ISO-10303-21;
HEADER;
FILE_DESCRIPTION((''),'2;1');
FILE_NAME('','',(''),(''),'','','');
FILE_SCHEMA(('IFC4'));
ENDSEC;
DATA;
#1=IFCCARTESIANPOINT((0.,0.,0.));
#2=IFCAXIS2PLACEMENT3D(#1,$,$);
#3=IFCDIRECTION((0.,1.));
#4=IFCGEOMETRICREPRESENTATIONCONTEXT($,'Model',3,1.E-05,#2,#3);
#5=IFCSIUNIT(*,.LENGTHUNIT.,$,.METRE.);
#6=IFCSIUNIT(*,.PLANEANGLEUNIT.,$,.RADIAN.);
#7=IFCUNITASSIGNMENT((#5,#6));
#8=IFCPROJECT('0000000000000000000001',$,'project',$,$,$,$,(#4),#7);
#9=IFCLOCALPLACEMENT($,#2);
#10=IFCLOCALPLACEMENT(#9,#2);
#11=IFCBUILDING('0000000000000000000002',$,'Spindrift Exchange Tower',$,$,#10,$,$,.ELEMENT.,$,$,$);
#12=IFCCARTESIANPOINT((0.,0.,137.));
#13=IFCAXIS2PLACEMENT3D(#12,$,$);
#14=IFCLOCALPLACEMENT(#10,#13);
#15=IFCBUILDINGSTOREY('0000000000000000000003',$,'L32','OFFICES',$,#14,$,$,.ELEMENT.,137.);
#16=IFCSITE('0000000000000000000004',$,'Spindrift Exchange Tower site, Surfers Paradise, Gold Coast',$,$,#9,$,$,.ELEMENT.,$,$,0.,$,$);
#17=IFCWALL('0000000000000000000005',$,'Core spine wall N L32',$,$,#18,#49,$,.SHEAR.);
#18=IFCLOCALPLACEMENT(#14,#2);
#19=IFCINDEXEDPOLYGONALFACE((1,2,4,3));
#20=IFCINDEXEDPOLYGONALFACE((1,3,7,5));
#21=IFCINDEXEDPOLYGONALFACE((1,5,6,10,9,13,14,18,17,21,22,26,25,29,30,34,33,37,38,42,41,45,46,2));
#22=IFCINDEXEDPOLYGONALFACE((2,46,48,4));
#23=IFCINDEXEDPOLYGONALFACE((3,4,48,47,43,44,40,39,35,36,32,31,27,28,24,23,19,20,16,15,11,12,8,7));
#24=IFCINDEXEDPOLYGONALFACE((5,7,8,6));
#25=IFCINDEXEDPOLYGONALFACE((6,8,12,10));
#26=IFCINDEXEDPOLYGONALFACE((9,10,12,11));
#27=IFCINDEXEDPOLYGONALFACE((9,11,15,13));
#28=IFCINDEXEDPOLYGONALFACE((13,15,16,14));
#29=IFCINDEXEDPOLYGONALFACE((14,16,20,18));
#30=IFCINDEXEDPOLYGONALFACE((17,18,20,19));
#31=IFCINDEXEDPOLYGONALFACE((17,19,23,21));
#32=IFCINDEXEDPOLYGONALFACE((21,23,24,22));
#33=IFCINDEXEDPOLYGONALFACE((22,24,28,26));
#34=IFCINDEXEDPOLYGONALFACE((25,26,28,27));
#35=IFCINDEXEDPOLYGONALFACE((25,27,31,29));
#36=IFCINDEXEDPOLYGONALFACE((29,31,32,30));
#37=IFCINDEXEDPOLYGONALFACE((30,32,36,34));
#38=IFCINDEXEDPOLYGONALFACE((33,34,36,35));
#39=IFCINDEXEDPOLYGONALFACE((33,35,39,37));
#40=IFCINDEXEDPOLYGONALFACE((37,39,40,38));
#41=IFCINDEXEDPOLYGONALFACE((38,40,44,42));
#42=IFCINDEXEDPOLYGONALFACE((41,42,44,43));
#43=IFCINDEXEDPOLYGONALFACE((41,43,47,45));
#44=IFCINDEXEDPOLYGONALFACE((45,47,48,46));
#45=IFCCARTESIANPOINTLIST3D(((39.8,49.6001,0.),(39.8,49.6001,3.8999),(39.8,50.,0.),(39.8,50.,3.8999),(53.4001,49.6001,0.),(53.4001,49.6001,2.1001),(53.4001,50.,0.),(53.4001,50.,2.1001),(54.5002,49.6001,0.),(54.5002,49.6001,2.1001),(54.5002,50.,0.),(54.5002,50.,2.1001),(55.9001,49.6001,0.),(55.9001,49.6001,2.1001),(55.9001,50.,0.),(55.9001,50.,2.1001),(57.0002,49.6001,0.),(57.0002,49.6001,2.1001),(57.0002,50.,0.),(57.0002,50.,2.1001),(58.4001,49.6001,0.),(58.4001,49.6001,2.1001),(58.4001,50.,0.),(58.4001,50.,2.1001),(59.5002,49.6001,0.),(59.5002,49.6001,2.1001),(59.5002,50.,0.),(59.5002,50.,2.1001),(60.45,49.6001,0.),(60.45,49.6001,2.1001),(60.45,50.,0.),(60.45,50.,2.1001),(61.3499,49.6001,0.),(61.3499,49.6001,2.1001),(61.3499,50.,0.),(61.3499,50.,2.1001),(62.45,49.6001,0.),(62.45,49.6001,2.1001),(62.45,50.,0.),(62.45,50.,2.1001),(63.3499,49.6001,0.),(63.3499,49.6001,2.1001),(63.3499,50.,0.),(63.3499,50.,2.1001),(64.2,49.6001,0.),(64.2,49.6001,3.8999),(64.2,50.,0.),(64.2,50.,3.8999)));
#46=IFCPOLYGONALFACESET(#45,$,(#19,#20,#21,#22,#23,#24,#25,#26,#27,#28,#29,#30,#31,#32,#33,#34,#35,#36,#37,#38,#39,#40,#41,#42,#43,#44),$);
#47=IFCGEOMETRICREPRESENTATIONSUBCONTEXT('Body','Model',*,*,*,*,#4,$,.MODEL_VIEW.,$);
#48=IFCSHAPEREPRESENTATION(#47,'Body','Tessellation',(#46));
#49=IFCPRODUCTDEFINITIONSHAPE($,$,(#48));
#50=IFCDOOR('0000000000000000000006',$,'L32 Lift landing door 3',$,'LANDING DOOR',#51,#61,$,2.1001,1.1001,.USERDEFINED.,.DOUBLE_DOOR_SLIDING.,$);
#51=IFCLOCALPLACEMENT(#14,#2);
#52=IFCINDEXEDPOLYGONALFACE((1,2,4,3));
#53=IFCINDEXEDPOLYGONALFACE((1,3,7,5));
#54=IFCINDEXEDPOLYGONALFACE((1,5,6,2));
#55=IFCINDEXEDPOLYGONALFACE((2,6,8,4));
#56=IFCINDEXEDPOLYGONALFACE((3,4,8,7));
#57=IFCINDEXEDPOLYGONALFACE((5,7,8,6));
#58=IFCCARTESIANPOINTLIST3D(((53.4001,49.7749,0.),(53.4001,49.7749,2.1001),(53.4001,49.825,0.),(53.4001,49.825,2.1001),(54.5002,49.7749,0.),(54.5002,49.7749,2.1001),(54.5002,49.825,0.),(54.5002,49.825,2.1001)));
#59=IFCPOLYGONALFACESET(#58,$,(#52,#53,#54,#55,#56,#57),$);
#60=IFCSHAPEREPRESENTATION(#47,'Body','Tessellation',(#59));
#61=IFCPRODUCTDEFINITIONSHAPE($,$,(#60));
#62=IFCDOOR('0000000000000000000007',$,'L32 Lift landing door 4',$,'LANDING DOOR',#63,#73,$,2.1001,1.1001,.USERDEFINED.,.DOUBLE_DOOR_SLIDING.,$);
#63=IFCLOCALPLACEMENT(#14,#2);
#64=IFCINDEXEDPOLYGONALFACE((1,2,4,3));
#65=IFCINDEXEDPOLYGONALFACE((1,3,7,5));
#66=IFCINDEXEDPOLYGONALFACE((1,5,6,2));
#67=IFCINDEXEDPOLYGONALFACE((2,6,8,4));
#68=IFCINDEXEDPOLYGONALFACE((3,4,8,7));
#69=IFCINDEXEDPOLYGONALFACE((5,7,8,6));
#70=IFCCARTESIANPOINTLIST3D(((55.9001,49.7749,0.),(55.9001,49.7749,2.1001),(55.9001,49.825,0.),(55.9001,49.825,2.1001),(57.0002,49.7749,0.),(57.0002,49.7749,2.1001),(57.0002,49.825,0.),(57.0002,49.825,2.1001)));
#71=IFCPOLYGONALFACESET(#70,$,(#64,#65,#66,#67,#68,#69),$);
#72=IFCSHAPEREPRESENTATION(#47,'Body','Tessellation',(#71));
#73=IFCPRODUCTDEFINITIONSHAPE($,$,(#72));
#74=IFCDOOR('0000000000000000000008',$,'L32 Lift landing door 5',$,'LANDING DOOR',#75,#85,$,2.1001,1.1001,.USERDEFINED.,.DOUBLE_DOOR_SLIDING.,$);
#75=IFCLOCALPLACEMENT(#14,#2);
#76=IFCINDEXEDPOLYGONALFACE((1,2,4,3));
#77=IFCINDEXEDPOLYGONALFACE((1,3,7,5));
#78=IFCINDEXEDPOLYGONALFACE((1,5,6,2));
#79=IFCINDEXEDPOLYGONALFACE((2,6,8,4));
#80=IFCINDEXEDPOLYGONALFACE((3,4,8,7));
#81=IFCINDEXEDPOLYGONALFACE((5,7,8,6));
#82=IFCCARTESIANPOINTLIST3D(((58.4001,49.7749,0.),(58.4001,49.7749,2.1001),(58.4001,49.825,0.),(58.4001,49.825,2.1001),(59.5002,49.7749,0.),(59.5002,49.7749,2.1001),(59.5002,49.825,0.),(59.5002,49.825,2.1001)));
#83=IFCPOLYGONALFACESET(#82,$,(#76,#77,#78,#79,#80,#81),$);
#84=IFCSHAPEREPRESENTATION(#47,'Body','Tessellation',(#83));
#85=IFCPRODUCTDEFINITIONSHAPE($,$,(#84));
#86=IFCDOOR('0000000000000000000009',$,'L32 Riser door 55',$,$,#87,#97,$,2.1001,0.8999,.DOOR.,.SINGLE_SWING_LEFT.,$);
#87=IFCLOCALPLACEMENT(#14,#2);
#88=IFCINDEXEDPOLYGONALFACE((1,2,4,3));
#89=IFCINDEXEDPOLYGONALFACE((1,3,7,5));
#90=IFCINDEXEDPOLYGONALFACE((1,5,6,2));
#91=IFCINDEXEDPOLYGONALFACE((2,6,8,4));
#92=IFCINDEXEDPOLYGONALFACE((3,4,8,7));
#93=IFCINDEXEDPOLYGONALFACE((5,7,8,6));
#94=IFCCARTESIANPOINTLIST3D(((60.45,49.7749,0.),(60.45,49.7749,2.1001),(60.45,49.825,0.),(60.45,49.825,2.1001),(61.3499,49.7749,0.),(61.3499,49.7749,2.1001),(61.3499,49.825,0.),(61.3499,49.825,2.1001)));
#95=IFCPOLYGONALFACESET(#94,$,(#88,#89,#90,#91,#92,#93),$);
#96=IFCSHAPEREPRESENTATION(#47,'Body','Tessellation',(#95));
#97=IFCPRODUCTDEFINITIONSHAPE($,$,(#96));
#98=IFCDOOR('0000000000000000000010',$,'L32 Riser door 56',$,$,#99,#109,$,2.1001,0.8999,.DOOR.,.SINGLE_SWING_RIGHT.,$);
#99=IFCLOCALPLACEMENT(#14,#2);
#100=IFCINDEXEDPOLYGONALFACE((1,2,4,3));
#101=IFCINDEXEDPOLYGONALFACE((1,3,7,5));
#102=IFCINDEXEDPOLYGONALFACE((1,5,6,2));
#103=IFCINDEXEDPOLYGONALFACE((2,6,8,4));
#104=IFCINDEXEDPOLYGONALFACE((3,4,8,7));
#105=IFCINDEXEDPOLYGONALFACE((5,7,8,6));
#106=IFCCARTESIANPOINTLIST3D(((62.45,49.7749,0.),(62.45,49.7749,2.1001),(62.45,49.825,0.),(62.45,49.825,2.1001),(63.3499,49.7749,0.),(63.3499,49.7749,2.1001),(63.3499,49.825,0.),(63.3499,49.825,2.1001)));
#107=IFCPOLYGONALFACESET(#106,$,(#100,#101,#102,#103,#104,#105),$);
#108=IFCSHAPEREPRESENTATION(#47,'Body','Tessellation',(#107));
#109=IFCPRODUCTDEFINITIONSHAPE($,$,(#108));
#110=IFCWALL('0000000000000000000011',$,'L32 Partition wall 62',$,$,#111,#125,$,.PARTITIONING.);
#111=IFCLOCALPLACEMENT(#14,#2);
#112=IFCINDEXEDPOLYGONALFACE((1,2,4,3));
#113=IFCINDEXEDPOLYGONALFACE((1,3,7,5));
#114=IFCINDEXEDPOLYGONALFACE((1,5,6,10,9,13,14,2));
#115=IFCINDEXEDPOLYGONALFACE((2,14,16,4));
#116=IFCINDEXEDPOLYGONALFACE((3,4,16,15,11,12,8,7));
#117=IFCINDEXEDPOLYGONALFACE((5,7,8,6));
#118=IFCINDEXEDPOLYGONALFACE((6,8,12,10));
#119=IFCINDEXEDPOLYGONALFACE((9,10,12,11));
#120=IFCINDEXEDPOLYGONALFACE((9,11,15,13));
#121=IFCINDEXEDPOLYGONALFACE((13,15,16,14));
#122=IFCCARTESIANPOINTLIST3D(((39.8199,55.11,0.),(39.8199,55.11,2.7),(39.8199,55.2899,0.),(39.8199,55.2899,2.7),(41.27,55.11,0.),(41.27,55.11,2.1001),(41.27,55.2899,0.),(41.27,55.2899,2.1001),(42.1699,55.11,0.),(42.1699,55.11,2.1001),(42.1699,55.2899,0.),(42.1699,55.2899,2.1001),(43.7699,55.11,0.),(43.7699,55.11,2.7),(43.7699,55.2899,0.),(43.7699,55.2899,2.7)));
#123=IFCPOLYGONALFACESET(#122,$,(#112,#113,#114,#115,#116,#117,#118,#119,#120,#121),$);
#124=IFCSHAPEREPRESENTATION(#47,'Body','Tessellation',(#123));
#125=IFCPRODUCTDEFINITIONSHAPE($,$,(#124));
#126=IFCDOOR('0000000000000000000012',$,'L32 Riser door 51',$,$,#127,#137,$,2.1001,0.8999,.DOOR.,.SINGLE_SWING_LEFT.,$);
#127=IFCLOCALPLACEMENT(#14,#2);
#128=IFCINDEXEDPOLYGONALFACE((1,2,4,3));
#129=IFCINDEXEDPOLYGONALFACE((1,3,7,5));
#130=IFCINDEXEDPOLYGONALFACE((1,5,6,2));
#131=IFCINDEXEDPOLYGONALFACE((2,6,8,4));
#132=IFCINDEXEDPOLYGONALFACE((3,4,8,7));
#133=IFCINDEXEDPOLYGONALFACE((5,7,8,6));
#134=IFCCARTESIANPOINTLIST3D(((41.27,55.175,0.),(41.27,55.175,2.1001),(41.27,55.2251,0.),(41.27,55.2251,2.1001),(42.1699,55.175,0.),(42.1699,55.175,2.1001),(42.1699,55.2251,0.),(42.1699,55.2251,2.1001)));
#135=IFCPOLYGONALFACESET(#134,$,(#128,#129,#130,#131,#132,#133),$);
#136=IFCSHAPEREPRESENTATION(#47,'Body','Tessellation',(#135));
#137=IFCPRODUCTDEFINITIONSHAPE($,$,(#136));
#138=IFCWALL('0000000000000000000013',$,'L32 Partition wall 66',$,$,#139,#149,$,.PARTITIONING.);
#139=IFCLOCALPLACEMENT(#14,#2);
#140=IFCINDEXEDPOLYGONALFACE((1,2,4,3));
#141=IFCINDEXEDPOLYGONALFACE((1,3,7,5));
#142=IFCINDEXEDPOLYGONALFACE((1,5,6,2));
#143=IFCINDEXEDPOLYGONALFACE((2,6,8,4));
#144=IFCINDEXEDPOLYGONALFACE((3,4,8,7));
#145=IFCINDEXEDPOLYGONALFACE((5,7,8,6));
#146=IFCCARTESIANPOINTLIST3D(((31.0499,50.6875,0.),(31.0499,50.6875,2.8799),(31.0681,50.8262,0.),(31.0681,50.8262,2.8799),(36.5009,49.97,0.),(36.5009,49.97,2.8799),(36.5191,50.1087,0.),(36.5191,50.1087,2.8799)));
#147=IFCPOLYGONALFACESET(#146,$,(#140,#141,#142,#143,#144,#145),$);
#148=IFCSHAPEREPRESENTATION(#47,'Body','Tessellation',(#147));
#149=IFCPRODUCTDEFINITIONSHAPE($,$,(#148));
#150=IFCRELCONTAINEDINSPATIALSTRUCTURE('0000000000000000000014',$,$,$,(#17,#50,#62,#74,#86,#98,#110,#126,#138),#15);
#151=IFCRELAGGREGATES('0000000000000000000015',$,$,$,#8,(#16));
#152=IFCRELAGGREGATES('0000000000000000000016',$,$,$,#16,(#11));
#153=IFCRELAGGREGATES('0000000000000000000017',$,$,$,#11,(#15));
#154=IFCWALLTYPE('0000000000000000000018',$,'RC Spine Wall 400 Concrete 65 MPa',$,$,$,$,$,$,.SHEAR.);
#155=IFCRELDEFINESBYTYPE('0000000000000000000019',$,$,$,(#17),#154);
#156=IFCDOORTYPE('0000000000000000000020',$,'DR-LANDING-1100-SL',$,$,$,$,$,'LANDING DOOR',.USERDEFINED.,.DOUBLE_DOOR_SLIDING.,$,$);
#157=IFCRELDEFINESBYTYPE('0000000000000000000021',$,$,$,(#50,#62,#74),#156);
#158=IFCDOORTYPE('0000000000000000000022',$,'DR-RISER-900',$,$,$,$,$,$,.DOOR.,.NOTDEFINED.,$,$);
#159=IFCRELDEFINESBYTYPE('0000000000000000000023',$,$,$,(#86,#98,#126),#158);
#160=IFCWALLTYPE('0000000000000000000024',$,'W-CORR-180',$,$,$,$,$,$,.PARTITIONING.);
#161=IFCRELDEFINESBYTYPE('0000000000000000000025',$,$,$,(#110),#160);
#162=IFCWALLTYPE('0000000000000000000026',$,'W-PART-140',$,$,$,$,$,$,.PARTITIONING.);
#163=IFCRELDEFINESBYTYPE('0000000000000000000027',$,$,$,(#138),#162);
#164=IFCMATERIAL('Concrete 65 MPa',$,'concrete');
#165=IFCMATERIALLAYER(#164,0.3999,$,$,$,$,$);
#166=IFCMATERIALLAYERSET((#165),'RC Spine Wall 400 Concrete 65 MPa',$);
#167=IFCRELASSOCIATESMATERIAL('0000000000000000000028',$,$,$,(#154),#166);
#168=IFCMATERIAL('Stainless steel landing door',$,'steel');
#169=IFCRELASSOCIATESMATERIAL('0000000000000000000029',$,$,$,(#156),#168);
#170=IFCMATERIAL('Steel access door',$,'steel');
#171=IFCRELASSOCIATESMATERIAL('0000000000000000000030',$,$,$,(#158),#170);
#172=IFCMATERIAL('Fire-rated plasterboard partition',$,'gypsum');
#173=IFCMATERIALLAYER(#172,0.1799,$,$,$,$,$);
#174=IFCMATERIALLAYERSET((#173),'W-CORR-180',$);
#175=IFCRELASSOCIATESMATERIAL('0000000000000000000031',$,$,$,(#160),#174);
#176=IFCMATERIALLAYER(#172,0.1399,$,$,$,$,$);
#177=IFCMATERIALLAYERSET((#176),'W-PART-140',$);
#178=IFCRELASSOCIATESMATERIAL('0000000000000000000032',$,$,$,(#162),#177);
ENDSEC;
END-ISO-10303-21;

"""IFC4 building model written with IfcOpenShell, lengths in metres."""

from ifc_helpers import new_model, si_unit, direction, frame, frame_2d, origin, place, context, subcontext, project, spatial, rectangle, extrude, source, transform, mapped, material, layer, layer_set, type_object, element, fill, save


model = new_model("IFC4")

# Units and contexts
model_context = context("Model", 3, precision=1e-05, world=origin(), true_north=direction((0.0, 1.0)))
body_context = subcontext(model_context, "Body", "Model", "MODEL_VIEW")
ifc_project = project(units=[si_unit("LENGTHUNIT", "METRE"), si_unit("PLANEANGLEUNIT", "RADIAN")], contexts=[model_context])

# Site, building, storey
site_placement = place(None, origin())
site = spatial("IfcSite", under=ifc_project, at=site_placement, Name="Spindrift Exchange Tower site, Surfers Paradise, Gold Coast", CompositionType="ELEMENT", RefElevation=0.0)
building_placement = place(site_placement, origin())
building = spatial("IfcBuilding", under=site, at=building_placement, Name="Spindrift Exchange Tower", CompositionType="ELEMENT")
storey_placement = place(building_placement, frame((0.0, 0.0, 137.0)))
storey = spatial("IfcBuildingStorey", under=building, at=storey_placement, Name="L32", Description="OFFICES", CompositionType="ELEMENT", Elevation=137.0)

# Wall, openings, doors
ifc_material_1 = material(Name="Concrete 65 MPa", Category="concrete")
ifc_layer_1 = layer(ifc_material_1, 0.3999)
ifc_layer_set_1 = layer_set([ifc_layer_1], Name="RC Spine Wall 400 Concrete 65 MPa")
wall_type_1 = type_object("IfcWallType", Name="RC Spine Wall 400 Concrete 65 MPa", PredefinedType="SHEAR", material=ifc_layer_set_1)
wall_1_placement = place(storey_placement, frame((39.8, 49.8, 0.0), z_axis=(0.0, 0.0, 1.0), x_axis=(1.0, 0.0, 0.0)))
wall_1 = element("IfcWall", 1, at=wall_1_placement, inside=storey, type_object=wall_type_1, Name="Core spine wall N L32", PredefinedType="SHEAR", context=body_context, shape_type="SweptSolid", body=[
    extrude(rectangle(XDim=24.3999, YDim=0.3999, at=frame_2d((12.2, 0.0))), origin(), (0.0, 0.0, 1.0), 3.8999),
])
opening_1_placement = place(wall_1_placement, frame((13.6001, 0.0, 0.0)))
opening_1 = element("IfcOpeningElement", 2, at=opening_1_placement, cuts=wall_1, PredefinedType="OPENING", context=body_context, shape_type="SweptSolid", body=[
    extrude(rectangle(XDim=1.1001, YDim=2.1001, at=frame_2d((0.55, 1.05))), frame((0.0, 0.21, 0.0), z_axis=(0.0, -1.0, 0.0), x_axis=(1.0, 0.0, 0.0)), (0.0, 0.0, 1.0), 0.4199),
])
opening_2_placement = place(wall_1_placement, frame((16.1001, 0.0, 0.0)))
opening_2 = element("IfcOpeningElement", 3, at=opening_2_placement, cuts=wall_1, PredefinedType="OPENING", context=body_context, shape_type="SweptSolid", body=[
    extrude(rectangle(XDim=1.1001, YDim=2.1001, at=frame_2d((0.55, 1.05))), frame((0.0, 0.21, 0.0), z_axis=(0.0, -1.0, 0.0), x_axis=(1.0, 0.0, 0.0)), (0.0, 0.0, 1.0), 0.4199),
])
opening_3_placement = place(wall_1_placement, frame((18.6001, 0.0, 0.0)))
opening_3 = element("IfcOpeningElement", 4, at=opening_3_placement, cuts=wall_1, PredefinedType="OPENING", context=body_context, shape_type="SweptSolid", body=[
    extrude(rectangle(XDim=1.1001, YDim=2.1001, at=frame_2d((0.55, 1.05))), frame((0.0, 0.21, 0.0), z_axis=(0.0, -1.0, 0.0), x_axis=(1.0, 0.0, 0.0)), (0.0, 0.0, 1.0), 0.4199),
])
opening_4_placement = place(wall_1_placement, frame((20.6499, 0.0, 0.0)))
opening_4 = element("IfcOpeningElement", 5, at=opening_4_placement, cuts=wall_1, PredefinedType="OPENING", context=body_context, shape_type="SweptSolid", body=[
    extrude(rectangle(XDim=0.8999, YDim=2.1001, at=frame_2d((0.45, 1.05))), frame((0.0, 0.21, 0.0), z_axis=(0.0, -1.0, 0.0), x_axis=(1.0, 0.0, 0.0)), (0.0, 0.0, 1.0), 0.4199),
])
opening_5_placement = place(wall_1_placement, frame((22.6499, 0.0, 0.0)))
opening_5 = element("IfcOpeningElement", 6, at=opening_5_placement, cuts=wall_1, PredefinedType="OPENING", context=body_context, shape_type="SweptSolid", body=[
    extrude(rectangle(XDim=0.8999, YDim=2.1001, at=frame_2d((0.45, 1.05))), frame((0.0, 0.21, 0.0), z_axis=(0.0, -1.0, 0.0), x_axis=(1.0, 0.0, 0.0)), (0.0, 0.0, 1.0), 0.4199),
])
ifc_material_2 = material(Name="Stainless steel landing door", Category="steel")
door_type_1 = type_object("IfcDoorType", Name="DR-LANDING-1100-SL", ElementType="LANDING DOOR", OperationType="DOUBLE_DOOR_SLIDING", PredefinedType="USERDEFINED", material=ifc_material_2)
shared_shape_1 = source(origin(), body_context, "Body", "SweptSolid", [
    extrude(rectangle(XDim=1.1001, YDim=2.1001, at=frame_2d((0.55, 1.05))), frame((0.0, 0.0249, 0.0), z_axis=(0.0, -1.0, 0.0), x_axis=(1.0, 0.0, 0.0)), (0.0, 0.0, 1.0), 0.05),
])
door_1_placement = place(opening_1_placement, origin())
door_1 = element("IfcDoor", 7, at=door_1_placement, inside=storey, type_object=door_type_1, Name="L32 Lift landing door 3", ObjectType="LANDING DOOR", OperationType="DOUBLE_DOOR_SLIDING", OverallHeight=2.1001, OverallWidth=1.1001, PredefinedType="USERDEFINED", context=body_context, shape_type="MappedRepresentation", body=[
    mapped(shared_shape_1, transform((0.0, 0.0, 0.0), scale=1.0)),
])
fill(opening_1, door_1)
door_2_placement = place(opening_2_placement, origin())
door_2 = element("IfcDoor", 8, at=door_2_placement, inside=storey, type_object=door_type_1, Name="L32 Lift landing door 4", ObjectType="LANDING DOOR", OperationType="DOUBLE_DOOR_SLIDING", OverallHeight=2.1001, OverallWidth=1.1001, PredefinedType="USERDEFINED", context=body_context, shape_type="MappedRepresentation", body=[
    mapped(shared_shape_1, transform((0.0, 0.0, 0.0), scale=1.0)),
])
fill(opening_2, door_2)
door_3_placement = place(opening_3_placement, origin())
door_3 = element("IfcDoor", 9, at=door_3_placement, inside=storey, type_object=door_type_1, Name="L32 Lift landing door 5", ObjectType="LANDING DOOR", OperationType="DOUBLE_DOOR_SLIDING", OverallHeight=2.1001, OverallWidth=1.1001, PredefinedType="USERDEFINED", context=body_context, shape_type="MappedRepresentation", body=[
    mapped(shared_shape_1, transform((0.0, 0.0, 0.0), scale=1.0)),
])
fill(opening_3, door_3)
ifc_material_3 = material(Name="Steel access door", Category="steel")
door_type_2 = type_object("IfcDoorType", Name="DR-RISER-900", OperationType="NOTDEFINED", PredefinedType="DOOR", material=ifc_material_3)
shared_shape_2 = source(origin(), body_context, "Body", "SweptSolid", [
    extrude(rectangle(XDim=0.8999, YDim=2.1001, at=frame_2d((0.45, 1.05))), frame((0.0, 0.0249, 0.0), z_axis=(0.0, -1.0, 0.0), x_axis=(1.0, 0.0, 0.0)), (0.0, 0.0, 1.0), 0.05),
])
door_4_placement = place(opening_4_placement, origin())
door_4 = element("IfcDoor", 10, at=door_4_placement, inside=storey, type_object=door_type_2, Name="L32 Riser door 55", OperationType="SINGLE_SWING_LEFT", OverallHeight=2.1001, OverallWidth=0.8999, PredefinedType="DOOR", context=body_context, shape_type="MappedRepresentation", body=[
    mapped(shared_shape_2, transform((0.0, 0.0, 0.0), scale=1.0)),
])
fill(opening_4, door_4)
door_5_placement = place(opening_5_placement, origin())
door_5 = element("IfcDoor", 11, at=door_5_placement, inside=storey, type_object=door_type_2, Name="L32 Riser door 56", OperationType="SINGLE_SWING_RIGHT", OverallHeight=2.1001, OverallWidth=0.8999, PredefinedType="DOOR", context=body_context, shape_type="MappedRepresentation", body=[
    mapped(shared_shape_2, transform((0.0, 0.0, 0.0), scale=1.0)),
])
fill(opening_5, door_5)

# Wall, opening, door
ifc_material_4 = material(Name="Fire-rated plasterboard partition", Category="gypsum")
ifc_layer_2 = layer(ifc_material_4, 0.1799)
ifc_layer_set_2 = layer_set([ifc_layer_2], Name="W-CORR-180")
wall_type_2 = type_object("IfcWallType", Name="W-CORR-180", PredefinedType="PARTITIONING", material=ifc_layer_set_2)
wall_2_placement = place(storey_placement, frame((43.77, 55.2, 0.0), z_axis=(0.0, 0.0, 1.0), x_axis=(-1.0, 0.0, 0.0)))
wall_2 = element("IfcWall", 12, at=wall_2_placement, inside=storey, type_object=wall_type_2, Name="L32 Partition wall 62", PredefinedType="PARTITIONING", context=body_context, shape_type="SweptSolid", body=[
    extrude(rectangle(XDim=3.95, YDim=0.1799, at=frame_2d((1.9751, 0.0))), origin(), (0.0, 0.0, 1.0), 2.7),
])
opening_6_placement = place(wall_2_placement, frame((1.6001, 0.0, 0.0)))
opening_6 = element("IfcOpeningElement", 13, at=opening_6_placement, cuts=wall_2, PredefinedType="OPENING", context=body_context, shape_type="SweptSolid", body=[
    extrude(rectangle(XDim=0.8999, YDim=2.1001, at=frame_2d((0.45, 1.05))), frame((0.0, 0.0999, 0.0), z_axis=(0.0, -1.0, 0.0), x_axis=(1.0, 0.0, 0.0)), (0.0, 0.0, 1.0), 0.2),
])
door_6_placement = place(opening_6_placement, origin())
door_6 = element("IfcDoor", 14, at=door_6_placement, inside=storey, type_object=door_type_2, Name="L32 Riser door 51", OperationType="SINGLE_SWING_LEFT", OverallHeight=2.1001, OverallWidth=0.8999, PredefinedType="DOOR", context=body_context, shape_type="MappedRepresentation", body=[
    mapped(shared_shape_2, transform((0.0, 0.0, 0.0), scale=1.0)),
])
fill(opening_6, door_6)

# Wall
ifc_layer_3 = layer(ifc_material_4, 0.1399)
ifc_layer_set_3 = layer_set([ifc_layer_3], Name="W-PART-140")
wall_type_3 = type_object("IfcWallType", Name="W-PART-140", PredefinedType="PARTITIONING", material=ifc_layer_set_3)
wall_3_placement = place(storey_placement, frame((36.51, 50.0393, 0.0), z_axis=(0.0, 0.0, 1.0), x_axis=(-0.991447, 0.130509, 0.0)))
element("IfcWall", 15, at=wall_3_placement, inside=storey, type_object=wall_type_3, Name="L32 Partition wall 66", PredefinedType="PARTITIONING", context=body_context, shape_type="SweptSolid", body=[
    extrude(rectangle(XDim=5.498, YDim=0.1399, at=frame_2d((2.749, 0.0))), origin(), (0.0, 0.0, 1.0), 2.8799),
])

save(model, "model.ifc")
